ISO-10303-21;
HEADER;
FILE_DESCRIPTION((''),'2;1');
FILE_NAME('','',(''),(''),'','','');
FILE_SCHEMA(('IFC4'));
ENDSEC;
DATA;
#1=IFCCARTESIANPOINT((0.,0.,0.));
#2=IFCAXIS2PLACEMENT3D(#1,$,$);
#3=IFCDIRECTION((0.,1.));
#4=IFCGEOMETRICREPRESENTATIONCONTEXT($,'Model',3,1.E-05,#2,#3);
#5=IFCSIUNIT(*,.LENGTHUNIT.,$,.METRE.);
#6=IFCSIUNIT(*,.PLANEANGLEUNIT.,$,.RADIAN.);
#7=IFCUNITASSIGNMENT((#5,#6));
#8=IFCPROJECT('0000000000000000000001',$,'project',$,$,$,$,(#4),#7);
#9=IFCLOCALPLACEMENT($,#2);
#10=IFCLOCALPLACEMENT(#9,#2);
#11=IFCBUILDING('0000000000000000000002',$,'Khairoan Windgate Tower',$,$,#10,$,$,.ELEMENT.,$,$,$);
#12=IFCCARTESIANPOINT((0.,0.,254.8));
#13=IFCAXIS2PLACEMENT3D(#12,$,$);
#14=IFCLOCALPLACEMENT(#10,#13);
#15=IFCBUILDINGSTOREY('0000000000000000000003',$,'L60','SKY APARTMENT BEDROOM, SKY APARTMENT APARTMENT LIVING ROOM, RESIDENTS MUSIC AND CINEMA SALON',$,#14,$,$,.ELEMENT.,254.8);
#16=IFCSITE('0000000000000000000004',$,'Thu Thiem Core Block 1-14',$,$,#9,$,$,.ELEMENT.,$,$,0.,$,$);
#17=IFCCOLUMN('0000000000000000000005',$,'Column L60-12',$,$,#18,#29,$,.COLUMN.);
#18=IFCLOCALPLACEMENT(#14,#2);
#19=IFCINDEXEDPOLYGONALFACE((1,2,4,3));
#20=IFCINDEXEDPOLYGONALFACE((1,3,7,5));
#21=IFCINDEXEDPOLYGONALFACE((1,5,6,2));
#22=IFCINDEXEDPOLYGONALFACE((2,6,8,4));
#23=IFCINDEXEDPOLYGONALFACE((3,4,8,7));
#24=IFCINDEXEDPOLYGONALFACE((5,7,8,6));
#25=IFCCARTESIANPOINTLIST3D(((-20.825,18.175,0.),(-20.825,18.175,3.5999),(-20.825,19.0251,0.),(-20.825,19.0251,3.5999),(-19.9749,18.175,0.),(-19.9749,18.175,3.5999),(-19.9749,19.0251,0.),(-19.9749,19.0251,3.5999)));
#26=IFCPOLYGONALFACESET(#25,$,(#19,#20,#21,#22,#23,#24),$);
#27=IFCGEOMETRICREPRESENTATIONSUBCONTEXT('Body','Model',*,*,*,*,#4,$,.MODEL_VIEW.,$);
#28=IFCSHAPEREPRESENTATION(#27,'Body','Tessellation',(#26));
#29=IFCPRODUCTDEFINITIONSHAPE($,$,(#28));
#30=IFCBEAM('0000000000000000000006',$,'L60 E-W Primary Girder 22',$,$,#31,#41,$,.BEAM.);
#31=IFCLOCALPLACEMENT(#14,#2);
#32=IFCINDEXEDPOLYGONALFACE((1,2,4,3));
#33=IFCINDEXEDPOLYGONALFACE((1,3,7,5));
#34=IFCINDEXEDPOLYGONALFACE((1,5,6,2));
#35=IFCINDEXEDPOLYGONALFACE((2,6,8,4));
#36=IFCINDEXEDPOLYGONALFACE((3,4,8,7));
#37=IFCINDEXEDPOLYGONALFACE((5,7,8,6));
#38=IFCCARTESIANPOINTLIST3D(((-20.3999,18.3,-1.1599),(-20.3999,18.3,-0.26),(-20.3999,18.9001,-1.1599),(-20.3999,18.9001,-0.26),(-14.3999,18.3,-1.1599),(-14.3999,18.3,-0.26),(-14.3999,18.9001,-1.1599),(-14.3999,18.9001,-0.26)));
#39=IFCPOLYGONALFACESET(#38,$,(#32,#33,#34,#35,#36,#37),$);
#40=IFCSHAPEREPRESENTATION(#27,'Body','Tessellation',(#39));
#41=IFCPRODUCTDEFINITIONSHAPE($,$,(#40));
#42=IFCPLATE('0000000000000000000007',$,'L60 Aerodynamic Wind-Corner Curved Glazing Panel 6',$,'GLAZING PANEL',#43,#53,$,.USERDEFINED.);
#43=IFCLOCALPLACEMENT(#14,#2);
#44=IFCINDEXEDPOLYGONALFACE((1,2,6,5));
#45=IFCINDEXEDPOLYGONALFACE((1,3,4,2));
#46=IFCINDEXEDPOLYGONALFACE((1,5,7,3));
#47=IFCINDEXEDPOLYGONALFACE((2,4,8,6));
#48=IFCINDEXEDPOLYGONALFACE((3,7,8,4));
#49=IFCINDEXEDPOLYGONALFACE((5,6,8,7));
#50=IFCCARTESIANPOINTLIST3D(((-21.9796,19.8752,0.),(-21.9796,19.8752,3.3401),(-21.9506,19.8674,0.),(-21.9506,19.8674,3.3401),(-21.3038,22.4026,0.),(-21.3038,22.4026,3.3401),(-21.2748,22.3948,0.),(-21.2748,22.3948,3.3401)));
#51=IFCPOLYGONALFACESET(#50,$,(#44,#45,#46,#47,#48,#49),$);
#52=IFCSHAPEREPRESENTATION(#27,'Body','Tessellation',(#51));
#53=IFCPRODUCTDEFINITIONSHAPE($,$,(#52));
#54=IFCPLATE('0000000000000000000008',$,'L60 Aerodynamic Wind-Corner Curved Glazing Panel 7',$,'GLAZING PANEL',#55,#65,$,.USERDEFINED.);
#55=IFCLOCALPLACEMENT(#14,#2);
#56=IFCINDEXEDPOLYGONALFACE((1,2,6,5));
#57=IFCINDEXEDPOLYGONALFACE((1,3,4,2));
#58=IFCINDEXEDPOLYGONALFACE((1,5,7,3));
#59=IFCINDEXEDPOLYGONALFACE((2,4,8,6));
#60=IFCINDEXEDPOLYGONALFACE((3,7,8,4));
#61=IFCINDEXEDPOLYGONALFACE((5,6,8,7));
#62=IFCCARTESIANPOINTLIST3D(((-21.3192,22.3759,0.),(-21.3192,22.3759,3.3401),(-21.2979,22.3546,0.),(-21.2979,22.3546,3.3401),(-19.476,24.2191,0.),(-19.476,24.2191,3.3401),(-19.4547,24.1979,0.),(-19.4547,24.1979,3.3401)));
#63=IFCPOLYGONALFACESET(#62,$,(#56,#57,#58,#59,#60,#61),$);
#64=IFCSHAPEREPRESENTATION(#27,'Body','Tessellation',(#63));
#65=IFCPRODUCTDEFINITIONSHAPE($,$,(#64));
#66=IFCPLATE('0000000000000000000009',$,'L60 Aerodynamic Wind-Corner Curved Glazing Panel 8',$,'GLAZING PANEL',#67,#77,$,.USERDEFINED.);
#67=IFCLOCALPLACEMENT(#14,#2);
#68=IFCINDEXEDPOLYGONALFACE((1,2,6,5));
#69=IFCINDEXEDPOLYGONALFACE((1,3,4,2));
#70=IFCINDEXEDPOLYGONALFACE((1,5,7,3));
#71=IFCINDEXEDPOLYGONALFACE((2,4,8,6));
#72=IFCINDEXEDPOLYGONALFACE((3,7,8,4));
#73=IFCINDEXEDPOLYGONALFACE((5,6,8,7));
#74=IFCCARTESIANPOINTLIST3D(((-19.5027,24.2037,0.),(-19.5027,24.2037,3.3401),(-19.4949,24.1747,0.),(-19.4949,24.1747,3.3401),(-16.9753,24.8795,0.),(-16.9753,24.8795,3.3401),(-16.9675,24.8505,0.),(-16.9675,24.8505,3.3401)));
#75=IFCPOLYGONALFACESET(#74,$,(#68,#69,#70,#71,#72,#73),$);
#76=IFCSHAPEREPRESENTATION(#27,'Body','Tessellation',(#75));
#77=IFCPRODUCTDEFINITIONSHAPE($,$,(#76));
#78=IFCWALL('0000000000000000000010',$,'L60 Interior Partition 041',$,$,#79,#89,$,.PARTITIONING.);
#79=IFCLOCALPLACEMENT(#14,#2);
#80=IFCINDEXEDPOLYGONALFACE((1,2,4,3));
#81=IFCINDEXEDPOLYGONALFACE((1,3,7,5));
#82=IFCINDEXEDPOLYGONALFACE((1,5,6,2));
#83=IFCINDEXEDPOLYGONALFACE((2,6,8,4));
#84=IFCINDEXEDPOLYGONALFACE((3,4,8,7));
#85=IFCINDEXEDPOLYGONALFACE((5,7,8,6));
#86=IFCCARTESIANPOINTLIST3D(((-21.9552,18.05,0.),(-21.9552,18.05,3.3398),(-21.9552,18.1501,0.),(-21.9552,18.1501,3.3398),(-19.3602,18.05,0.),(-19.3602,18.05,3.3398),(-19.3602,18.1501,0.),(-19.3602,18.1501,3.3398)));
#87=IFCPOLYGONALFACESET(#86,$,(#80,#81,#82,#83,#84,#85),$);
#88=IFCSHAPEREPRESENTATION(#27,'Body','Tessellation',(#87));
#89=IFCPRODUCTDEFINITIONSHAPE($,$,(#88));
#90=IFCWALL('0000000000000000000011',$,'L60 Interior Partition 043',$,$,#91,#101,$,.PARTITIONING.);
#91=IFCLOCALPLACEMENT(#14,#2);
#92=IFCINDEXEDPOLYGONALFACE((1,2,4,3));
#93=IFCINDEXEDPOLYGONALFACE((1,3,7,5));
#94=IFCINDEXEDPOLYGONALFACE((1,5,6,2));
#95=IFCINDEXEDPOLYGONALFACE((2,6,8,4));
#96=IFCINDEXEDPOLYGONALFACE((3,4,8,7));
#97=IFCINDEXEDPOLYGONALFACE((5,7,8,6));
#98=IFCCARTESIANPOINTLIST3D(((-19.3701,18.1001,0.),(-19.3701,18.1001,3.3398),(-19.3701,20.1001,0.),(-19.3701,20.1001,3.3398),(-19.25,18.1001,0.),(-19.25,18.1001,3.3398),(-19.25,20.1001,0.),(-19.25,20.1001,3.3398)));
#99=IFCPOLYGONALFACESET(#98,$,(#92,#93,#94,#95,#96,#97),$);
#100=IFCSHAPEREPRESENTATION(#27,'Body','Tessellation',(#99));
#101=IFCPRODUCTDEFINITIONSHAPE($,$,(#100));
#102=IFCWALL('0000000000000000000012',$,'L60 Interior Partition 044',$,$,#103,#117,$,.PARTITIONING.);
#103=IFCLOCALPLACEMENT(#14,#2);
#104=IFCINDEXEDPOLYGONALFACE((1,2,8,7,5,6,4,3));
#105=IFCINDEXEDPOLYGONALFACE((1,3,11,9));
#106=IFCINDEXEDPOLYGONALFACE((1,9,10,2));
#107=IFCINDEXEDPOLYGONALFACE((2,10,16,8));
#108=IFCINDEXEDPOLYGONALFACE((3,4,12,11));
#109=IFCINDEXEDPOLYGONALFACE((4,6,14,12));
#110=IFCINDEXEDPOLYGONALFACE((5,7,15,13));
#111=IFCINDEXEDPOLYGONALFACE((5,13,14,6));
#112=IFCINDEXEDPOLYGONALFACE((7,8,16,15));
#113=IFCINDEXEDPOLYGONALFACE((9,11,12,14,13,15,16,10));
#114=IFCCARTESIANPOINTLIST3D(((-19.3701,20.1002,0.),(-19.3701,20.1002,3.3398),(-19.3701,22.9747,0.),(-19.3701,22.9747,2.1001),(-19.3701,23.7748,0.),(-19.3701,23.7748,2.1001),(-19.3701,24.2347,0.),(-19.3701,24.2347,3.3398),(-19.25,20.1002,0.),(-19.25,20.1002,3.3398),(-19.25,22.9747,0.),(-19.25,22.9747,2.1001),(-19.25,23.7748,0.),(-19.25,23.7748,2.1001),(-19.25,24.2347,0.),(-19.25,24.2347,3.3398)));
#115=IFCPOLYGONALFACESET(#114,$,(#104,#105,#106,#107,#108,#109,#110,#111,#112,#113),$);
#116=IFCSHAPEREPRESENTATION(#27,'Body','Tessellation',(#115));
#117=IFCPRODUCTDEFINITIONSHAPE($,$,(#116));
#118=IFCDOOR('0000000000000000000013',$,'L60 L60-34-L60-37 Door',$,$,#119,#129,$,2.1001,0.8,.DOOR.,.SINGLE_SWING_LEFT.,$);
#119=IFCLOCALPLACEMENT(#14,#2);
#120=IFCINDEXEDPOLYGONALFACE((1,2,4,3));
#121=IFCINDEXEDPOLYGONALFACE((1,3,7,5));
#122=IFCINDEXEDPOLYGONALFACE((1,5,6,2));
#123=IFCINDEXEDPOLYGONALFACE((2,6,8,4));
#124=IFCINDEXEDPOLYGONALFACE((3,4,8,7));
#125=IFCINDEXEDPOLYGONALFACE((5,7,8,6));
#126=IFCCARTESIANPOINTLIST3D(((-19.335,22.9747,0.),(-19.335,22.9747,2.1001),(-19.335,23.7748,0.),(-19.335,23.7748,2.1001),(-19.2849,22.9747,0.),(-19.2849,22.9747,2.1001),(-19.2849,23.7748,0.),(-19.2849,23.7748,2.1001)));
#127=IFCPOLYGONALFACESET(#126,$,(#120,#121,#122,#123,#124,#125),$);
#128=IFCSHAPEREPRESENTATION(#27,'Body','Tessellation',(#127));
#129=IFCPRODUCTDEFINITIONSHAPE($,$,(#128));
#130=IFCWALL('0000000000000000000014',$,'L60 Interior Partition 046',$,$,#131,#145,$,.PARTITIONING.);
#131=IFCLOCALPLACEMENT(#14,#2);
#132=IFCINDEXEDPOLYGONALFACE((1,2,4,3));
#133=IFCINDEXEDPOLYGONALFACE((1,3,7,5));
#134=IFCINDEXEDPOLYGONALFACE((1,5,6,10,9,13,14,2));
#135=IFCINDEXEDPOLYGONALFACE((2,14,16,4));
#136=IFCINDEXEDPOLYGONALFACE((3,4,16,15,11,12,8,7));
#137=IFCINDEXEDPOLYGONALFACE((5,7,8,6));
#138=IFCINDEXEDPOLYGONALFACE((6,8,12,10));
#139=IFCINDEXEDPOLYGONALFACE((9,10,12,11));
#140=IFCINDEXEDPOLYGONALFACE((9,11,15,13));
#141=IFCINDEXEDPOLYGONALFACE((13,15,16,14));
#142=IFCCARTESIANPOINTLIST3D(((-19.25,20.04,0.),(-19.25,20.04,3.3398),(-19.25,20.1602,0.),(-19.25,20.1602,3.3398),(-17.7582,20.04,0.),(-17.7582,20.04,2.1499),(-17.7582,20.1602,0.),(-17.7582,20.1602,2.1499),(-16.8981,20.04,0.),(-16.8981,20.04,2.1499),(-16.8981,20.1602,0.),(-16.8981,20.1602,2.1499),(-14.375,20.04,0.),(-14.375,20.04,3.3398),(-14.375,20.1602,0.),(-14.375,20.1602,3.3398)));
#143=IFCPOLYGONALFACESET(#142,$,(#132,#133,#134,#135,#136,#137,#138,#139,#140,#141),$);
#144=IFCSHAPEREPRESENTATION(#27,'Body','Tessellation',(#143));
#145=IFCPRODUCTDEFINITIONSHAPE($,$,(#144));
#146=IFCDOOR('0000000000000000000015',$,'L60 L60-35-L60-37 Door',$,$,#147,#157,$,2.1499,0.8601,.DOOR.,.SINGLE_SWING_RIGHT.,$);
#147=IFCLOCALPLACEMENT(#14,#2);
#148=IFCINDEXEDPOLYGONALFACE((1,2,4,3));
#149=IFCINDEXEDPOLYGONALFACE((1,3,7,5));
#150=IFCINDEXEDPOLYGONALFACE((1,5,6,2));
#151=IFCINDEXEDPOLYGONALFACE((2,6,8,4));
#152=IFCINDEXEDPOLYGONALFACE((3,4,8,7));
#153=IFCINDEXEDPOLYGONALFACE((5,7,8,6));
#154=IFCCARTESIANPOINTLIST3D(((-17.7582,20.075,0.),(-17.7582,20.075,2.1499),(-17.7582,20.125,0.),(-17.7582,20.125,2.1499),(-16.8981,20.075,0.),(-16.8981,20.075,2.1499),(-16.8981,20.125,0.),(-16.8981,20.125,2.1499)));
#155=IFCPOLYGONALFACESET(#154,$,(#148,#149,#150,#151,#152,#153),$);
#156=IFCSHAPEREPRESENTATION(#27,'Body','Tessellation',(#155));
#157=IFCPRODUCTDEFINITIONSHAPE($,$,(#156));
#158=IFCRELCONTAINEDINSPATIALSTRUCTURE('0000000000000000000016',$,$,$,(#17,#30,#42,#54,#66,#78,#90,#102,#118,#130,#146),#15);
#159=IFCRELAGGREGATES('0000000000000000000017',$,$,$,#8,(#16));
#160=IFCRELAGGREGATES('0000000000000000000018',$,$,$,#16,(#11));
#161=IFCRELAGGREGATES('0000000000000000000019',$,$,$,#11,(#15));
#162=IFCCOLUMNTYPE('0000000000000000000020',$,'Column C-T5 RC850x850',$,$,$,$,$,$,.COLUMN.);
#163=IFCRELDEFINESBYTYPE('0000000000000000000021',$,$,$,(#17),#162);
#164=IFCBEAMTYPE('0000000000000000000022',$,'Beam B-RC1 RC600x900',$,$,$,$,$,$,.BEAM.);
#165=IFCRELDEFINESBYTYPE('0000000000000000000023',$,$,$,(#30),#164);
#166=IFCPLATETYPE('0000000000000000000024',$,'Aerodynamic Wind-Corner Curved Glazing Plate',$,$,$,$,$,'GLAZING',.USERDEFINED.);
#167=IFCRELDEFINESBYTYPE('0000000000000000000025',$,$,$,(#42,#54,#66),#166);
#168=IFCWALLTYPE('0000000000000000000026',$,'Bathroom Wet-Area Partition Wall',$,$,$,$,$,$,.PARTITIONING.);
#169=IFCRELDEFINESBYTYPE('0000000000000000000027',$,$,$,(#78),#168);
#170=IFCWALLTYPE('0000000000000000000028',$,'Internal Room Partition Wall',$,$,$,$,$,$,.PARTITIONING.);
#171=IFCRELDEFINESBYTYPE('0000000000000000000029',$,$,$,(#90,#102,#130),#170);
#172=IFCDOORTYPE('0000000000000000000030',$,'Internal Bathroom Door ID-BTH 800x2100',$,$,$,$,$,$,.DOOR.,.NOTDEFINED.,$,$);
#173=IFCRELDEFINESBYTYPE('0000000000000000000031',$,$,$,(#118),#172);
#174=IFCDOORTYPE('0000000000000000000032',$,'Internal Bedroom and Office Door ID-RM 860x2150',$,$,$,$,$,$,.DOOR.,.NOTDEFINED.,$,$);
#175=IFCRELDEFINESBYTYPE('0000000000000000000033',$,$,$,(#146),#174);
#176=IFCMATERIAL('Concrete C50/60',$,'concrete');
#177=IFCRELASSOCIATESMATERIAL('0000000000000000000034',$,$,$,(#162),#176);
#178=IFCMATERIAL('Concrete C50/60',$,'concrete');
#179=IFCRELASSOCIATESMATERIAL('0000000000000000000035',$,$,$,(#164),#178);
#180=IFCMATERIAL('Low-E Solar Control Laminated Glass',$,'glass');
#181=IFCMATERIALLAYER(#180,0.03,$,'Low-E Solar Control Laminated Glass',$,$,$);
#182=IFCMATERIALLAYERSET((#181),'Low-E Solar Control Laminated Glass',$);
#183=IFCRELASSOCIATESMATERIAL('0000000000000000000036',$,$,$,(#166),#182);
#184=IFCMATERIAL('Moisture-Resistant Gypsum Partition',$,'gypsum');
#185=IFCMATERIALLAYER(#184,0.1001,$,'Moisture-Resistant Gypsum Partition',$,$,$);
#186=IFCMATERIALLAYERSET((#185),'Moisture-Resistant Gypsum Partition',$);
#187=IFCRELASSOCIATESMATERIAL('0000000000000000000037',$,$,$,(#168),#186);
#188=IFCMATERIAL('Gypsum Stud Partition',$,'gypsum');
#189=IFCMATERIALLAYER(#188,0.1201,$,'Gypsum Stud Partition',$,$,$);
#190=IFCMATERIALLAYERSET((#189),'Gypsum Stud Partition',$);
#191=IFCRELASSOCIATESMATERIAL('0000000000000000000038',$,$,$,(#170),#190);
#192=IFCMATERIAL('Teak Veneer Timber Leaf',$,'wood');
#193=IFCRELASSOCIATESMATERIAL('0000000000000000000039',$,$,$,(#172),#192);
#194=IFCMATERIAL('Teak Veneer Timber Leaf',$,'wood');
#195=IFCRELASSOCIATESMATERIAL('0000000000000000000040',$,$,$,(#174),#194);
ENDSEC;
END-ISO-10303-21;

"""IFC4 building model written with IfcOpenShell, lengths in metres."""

from ifc_helpers import new_model, si_unit, direction, frame, frame_2d, origin, origin_2d, place, context, subcontext, project, spatial, rectangle, extrude, material, layer, layer_set, material_profile, profile_set, type_object, element, fill, save


model = new_model("IFC4")

# Units and contexts
model_context = context("Model", 3, precision=1e-05, world=origin(), true_north=direction((0.0, 1.0)))
body_context = subcontext(model_context, "Body", "Model", "MODEL_VIEW")
ifc_project = project(units=[si_unit("LENGTHUNIT", "METRE"), si_unit("PLANEANGLEUNIT", "RADIAN")], contexts=[model_context])

# Site, building, storey
site_placement = place(None, origin())
site = spatial("IfcSite", under=ifc_project, at=site_placement, Name="Thu Thiem Core Block 1-14", CompositionType="ELEMENT", RefElevation=0.0)
building_placement = place(site_placement, origin())
building = spatial("IfcBuilding", under=site, at=building_placement, Name="Khairoan Windgate Tower", CompositionType="ELEMENT")
storey_placement = place(building_placement, frame((0.0, 0.0, 254.8)))
storey = spatial("IfcBuildingStorey", under=building, at=storey_placement, Name="L60", Description="SKY APARTMENT BEDROOM, SKY APARTMENT APARTMENT LIVING ROOM, RESIDENTS MUSIC AND CINEMA SALON", CompositionType="ELEMENT", Elevation=254.8)

# Column
ifc_material_1 = material(Name="Concrete C50/60", Category="concrete")
ifc_material_profile_1 = material_profile(ifc_material_1, rectangle(XDim=0.8501, YDim=0.8501, at=origin_2d()))
ifc_profile_set_1 = profile_set([ifc_material_profile_1], Name="Concrete C50/60")
column_type = type_object("IfcColumnType", Name="Column C-T5 RC850x850", PredefinedType="COLUMN", material=ifc_profile_set_1)
column_placement = place(storey_placement, frame((-20.3999, 18.6001, 0.0), z_axis=(0.0, 0.0, 1.0), x_axis=(1.0, 0.0, 0.0)))
element("IfcColumn", 1, at=column_placement, inside=storey, type_object=column_type, Name="Column L60-12", PredefinedType="COLUMN", context=body_context, shape_type="SweptSolid", body=[
    extrude(rectangle(XDim=0.8501, YDim=0.8501, at=origin_2d()), origin(), (0.0, 0.0, 1.0), 3.5999),
])

# Beam
ifc_material_2 = material(Name="Concrete C50/60", Category="concrete")
ifc_material_profile_2 = material_profile(ifc_material_2, rectangle(XDim=0.6001, YDim=0.8999, at=origin_2d()))
ifc_profile_set_2 = profile_set([ifc_material_profile_2], Name="Concrete C50/60")
beam_type = type_object("IfcBeamType", Name="Beam B-RC1 RC600x900", PredefinedType="BEAM", material=ifc_profile_set_2)
beam_placement = place(storey_placement, frame((-20.3999, 18.6001, -0.71), z_axis=(1.0, 0.0, 0.0), x_axis=(0.0, 1.0, 0.0)))
element("IfcBeam", 2, at=beam_placement, inside=storey, type_object=beam_type, Name="L60 E-W Primary Girder 22", PredefinedType="BEAM", context=body_context, shape_type="SweptSolid", body=[
    extrude(rectangle(XDim=0.6001, YDim=0.8999, at=origin_2d()), origin(), (0.0, 0.0, 1.0), 6.0),
])

# Plates
ifc_material_3 = material(Name="Low-E Solar Control Laminated Glass", Category="glass")
ifc_layer_1 = layer(ifc_material_3, 0.03, Name="Low-E Solar Control Laminated Glass")
ifc_layer_set_1 = layer_set([ifc_layer_1], Name="Low-E Solar Control Laminated Glass")
plate_type_1 = type_object("IfcPlateType", Name="Aerodynamic Wind-Corner Curved Glazing Plate", ElementType="GLAZING", PredefinedType="USERDEFINED", material=ifc_layer_set_1)
plate_1_placement = place(storey_placement, frame((-21.6272, 21.135, 0.0), z_axis=(0.0, 0.0, 1.0), x_axis=(0.258313, 0.966061, 0.0)))
element("IfcPlate", 3, at=plate_1_placement, inside=storey, type_object=plate_type_1, Name="L60 Aerodynamic Wind-Corner Curved Glazing Panel 6", ObjectType="GLAZING PANEL", PredefinedType="USERDEFINED", context=body_context, shape_type="SweptSolid", body=[
    extrude(rectangle(XDim=2.6162, YDim=0.03, at=origin_2d()), origin(), (0.0, 0.0, 1.0), 3.3401),
])
plate_2_placement = place(storey_placement, frame((-20.387, 23.2869, 0.0), z_axis=(0.0, 0.0, 1.0), x_axis=(0.707107, 0.707107, 0.0)))
element("IfcPlate", 4, at=plate_2_placement, inside=storey, type_object=plate_type_1, Name="L60 Aerodynamic Wind-Corner Curved Glazing Panel 7", ObjectType="GLAZING PANEL", PredefinedType="USERDEFINED", context=body_context, shape_type="SweptSolid", body=[
    extrude(rectangle(XDim=2.6067, YDim=0.03, at=origin_2d()), origin(), (0.0, 0.0, 1.0), 3.3401),
])
plate_3_placement = place(storey_placement, frame((-18.2351, 24.5271, 0.0), z_axis=(0.0, 0.0, 1.0), x_axis=(0.966061, 0.258313, 0.0)))
element("IfcPlate", 5, at=plate_3_placement, inside=storey, type_object=plate_type_1, Name="L60 Aerodynamic Wind-Corner Curved Glazing Panel 8", ObjectType="GLAZING PANEL", PredefinedType="USERDEFINED", context=body_context, shape_type="SweptSolid", body=[
    extrude(rectangle(XDim=2.6162, YDim=0.03, at=origin_2d()), origin(), (0.0, 0.0, 1.0), 3.3401),
])

# Walls
ifc_material_4 = material(Name="Moisture-Resistant Gypsum Partition", Category="gypsum")
ifc_layer_2 = layer(ifc_material_4, 0.1001, Name="Moisture-Resistant Gypsum Partition")
ifc_layer_set_2 = layer_set([ifc_layer_2], Name="Moisture-Resistant Gypsum Partition")
wall_type_1 = type_object("IfcWallType", Name="Bathroom Wet-Area Partition Wall", PredefinedType="PARTITIONING", material=ifc_layer_set_2)
wall_1_placement = place(storey_placement, frame((-21.9551, 18.1001, 0.0), z_axis=(0.0, 0.0, 1.0), x_axis=(1.0, 0.0, 0.0)))
element("IfcWall", 6, at=wall_1_placement, inside=storey, type_object=wall_type_1, Name="L60 Interior Partition 041", PredefinedType="PARTITIONING", context=body_context, shape_type="SweptSolid", body=[
    extrude(rectangle(XDim=2.595, YDim=0.1001, at=frame_2d((1.2974, 0.0))), origin(), (0.0, 0.0, 1.0), 3.3398),
])
ifc_material_5 = material(Name="Gypsum Stud Partition", Category="gypsum")
ifc_layer_3 = layer(ifc_material_5, 0.1201, Name="Gypsum Stud Partition")
ifc_layer_set_3 = layer_set([ifc_layer_3], Name="Gypsum Stud Partition")
wall_type_2 = type_object("IfcWallType", Name="Internal Room Partition Wall", PredefinedType="PARTITIONING", material=ifc_layer_set_3)
wall_2_placement = place(storey_placement, frame((-19.3101, 18.1001, 0.0), z_axis=(0.0, 0.0, 1.0), x_axis=(0.0, 1.0, 0.0)))
element("IfcWall", 7, at=wall_2_placement, inside=storey, type_object=wall_type_2, Name="L60 Interior Partition 043", PredefinedType="PARTITIONING", context=body_context, shape_type="SweptSolid", body=[
    extrude(rectangle(XDim=2.0, YDim=0.1201, at=frame_2d((1.0, 0.0))), origin(), (0.0, 0.0, 1.0), 3.3398),
])

# Walls, openings, doors
wall_3_placement = place(storey_placement, frame((-19.3101, 20.1001, 0.0), z_axis=(0.0, 0.0, 1.0), x_axis=(0.0, 1.0, 0.0)))
wall_3 = element("IfcWall", 8, at=wall_3_placement, inside=storey, type_object=wall_type_2, Name="L60 Interior Partition 044", PredefinedType="PARTITIONING", context=body_context, shape_type="SweptSolid", body=[
    extrude(rectangle(XDim=4.1345, YDim=0.1201, at=frame_2d((2.0674, 0.0))), origin(), (0.0, 0.0, 1.0), 3.3398),
])
opening_1_placement = place(wall_3_placement, frame((2.8748, 0.0, 0.0)))
opening_1 = element("IfcOpeningElement", 9, at=opening_1_placement, cuts=wall_3, PredefinedType="OPENING", context=body_context, shape_type="SweptSolid", body=[
    extrude(rectangle(XDim=0.8, YDim=2.1001, at=frame_2d((0.3999, 1.05))), frame((0.0, 0.0701, 0.0), z_axis=(0.0, -1.0, 0.0), x_axis=(1.0, 0.0, 0.0)), (0.0, 0.0, 1.0), 0.1401),
])
ifc_material_6 = material(Name="Teak Veneer Timber Leaf", Category="wood")
door_type_1 = type_object("IfcDoorType", Name="Internal Bathroom Door ID-BTH 800x2100", OperationType="NOTDEFINED", PredefinedType="DOOR", material=ifc_material_6)
door_1_placement = place(opening_1_placement, origin())
door_1 = element("IfcDoor", 10, at=door_1_placement, inside=storey, type_object=door_type_1, Name="L60 L60-34-L60-37 Door", OperationType="SINGLE_SWING_LEFT", OverallHeight=2.1001, OverallWidth=0.8, PredefinedType="DOOR", context=body_context, shape_type="SweptSolid", body=[
    extrude(rectangle(XDim=0.8, YDim=2.1001, at=frame_2d((0.3999, 1.05))), frame((0.0, 0.0249, 0.0), z_axis=(0.0, -1.0, 0.0), x_axis=(1.0, 0.0, 0.0)), (0.0, 0.0, 1.0), 0.05),
])
fill(opening_1, door_1)
wall_4_placement = place(storey_placement, frame((-19.25, 20.1001, 0.0), z_axis=(0.0, 0.0, 1.0), x_axis=(1.0, 0.0, 0.0)))
wall_4 = element("IfcWall", 11, at=wall_4_placement, inside=storey, type_object=wall_type_2, Name="L60 Interior Partition 046", PredefinedType="PARTITIONING", context=body_context, shape_type="SweptSolid", body=[
    extrude(rectangle(XDim=4.875, YDim=0.1201, at=frame_2d((2.4375, 0.0))), origin(), (0.0, 0.0, 1.0), 3.3398),
])
opening_2_placement = place(wall_4_placement, frame((1.4917, 0.0, 0.0)))
opening_2 = element("IfcOpeningElement", 12, at=opening_2_placement, cuts=wall_4, PredefinedType="OPENING", context=body_context, shape_type="SweptSolid", body=[
    extrude(rectangle(XDim=0.8601, YDim=2.1499, at=frame_2d((0.4302, 1.075))), frame((0.0, 0.0701, 0.0), z_axis=(0.0, -1.0, 0.0), x_axis=(1.0, 0.0, 0.0)), (0.0, 0.0, 1.0), 0.1401),
])
ifc_material_7 = material(Name="Teak Veneer Timber Leaf", Category="wood")
door_type_2 = type_object("IfcDoorType", Name="Internal Bedroom and Office Door ID-RM 860x2150", OperationType="NOTDEFINED", PredefinedType="DOOR", material=ifc_material_7)
door_2_placement = place(opening_2_placement, origin())
door_2 = element("IfcDoor", 13, at=door_2_placement, inside=storey, type_object=door_type_2, Name="L60 L60-35-L60-37 Door", OperationType="SINGLE_SWING_RIGHT", OverallHeight=2.1499, OverallWidth=0.8601, PredefinedType="DOOR", context=body_context, shape_type="SweptSolid", body=[
    extrude(rectangle(XDim=0.8601, YDim=2.1499, at=frame_2d((0.4302, 1.075))), frame((0.0, 0.0249, 0.0), z_axis=(0.0, -1.0, 0.0), x_axis=(1.0, 0.0, 0.0)), (0.0, 0.0, 1.0), 0.05),
])
fill(opening_2, door_2)

save(model, "model.ifc")
